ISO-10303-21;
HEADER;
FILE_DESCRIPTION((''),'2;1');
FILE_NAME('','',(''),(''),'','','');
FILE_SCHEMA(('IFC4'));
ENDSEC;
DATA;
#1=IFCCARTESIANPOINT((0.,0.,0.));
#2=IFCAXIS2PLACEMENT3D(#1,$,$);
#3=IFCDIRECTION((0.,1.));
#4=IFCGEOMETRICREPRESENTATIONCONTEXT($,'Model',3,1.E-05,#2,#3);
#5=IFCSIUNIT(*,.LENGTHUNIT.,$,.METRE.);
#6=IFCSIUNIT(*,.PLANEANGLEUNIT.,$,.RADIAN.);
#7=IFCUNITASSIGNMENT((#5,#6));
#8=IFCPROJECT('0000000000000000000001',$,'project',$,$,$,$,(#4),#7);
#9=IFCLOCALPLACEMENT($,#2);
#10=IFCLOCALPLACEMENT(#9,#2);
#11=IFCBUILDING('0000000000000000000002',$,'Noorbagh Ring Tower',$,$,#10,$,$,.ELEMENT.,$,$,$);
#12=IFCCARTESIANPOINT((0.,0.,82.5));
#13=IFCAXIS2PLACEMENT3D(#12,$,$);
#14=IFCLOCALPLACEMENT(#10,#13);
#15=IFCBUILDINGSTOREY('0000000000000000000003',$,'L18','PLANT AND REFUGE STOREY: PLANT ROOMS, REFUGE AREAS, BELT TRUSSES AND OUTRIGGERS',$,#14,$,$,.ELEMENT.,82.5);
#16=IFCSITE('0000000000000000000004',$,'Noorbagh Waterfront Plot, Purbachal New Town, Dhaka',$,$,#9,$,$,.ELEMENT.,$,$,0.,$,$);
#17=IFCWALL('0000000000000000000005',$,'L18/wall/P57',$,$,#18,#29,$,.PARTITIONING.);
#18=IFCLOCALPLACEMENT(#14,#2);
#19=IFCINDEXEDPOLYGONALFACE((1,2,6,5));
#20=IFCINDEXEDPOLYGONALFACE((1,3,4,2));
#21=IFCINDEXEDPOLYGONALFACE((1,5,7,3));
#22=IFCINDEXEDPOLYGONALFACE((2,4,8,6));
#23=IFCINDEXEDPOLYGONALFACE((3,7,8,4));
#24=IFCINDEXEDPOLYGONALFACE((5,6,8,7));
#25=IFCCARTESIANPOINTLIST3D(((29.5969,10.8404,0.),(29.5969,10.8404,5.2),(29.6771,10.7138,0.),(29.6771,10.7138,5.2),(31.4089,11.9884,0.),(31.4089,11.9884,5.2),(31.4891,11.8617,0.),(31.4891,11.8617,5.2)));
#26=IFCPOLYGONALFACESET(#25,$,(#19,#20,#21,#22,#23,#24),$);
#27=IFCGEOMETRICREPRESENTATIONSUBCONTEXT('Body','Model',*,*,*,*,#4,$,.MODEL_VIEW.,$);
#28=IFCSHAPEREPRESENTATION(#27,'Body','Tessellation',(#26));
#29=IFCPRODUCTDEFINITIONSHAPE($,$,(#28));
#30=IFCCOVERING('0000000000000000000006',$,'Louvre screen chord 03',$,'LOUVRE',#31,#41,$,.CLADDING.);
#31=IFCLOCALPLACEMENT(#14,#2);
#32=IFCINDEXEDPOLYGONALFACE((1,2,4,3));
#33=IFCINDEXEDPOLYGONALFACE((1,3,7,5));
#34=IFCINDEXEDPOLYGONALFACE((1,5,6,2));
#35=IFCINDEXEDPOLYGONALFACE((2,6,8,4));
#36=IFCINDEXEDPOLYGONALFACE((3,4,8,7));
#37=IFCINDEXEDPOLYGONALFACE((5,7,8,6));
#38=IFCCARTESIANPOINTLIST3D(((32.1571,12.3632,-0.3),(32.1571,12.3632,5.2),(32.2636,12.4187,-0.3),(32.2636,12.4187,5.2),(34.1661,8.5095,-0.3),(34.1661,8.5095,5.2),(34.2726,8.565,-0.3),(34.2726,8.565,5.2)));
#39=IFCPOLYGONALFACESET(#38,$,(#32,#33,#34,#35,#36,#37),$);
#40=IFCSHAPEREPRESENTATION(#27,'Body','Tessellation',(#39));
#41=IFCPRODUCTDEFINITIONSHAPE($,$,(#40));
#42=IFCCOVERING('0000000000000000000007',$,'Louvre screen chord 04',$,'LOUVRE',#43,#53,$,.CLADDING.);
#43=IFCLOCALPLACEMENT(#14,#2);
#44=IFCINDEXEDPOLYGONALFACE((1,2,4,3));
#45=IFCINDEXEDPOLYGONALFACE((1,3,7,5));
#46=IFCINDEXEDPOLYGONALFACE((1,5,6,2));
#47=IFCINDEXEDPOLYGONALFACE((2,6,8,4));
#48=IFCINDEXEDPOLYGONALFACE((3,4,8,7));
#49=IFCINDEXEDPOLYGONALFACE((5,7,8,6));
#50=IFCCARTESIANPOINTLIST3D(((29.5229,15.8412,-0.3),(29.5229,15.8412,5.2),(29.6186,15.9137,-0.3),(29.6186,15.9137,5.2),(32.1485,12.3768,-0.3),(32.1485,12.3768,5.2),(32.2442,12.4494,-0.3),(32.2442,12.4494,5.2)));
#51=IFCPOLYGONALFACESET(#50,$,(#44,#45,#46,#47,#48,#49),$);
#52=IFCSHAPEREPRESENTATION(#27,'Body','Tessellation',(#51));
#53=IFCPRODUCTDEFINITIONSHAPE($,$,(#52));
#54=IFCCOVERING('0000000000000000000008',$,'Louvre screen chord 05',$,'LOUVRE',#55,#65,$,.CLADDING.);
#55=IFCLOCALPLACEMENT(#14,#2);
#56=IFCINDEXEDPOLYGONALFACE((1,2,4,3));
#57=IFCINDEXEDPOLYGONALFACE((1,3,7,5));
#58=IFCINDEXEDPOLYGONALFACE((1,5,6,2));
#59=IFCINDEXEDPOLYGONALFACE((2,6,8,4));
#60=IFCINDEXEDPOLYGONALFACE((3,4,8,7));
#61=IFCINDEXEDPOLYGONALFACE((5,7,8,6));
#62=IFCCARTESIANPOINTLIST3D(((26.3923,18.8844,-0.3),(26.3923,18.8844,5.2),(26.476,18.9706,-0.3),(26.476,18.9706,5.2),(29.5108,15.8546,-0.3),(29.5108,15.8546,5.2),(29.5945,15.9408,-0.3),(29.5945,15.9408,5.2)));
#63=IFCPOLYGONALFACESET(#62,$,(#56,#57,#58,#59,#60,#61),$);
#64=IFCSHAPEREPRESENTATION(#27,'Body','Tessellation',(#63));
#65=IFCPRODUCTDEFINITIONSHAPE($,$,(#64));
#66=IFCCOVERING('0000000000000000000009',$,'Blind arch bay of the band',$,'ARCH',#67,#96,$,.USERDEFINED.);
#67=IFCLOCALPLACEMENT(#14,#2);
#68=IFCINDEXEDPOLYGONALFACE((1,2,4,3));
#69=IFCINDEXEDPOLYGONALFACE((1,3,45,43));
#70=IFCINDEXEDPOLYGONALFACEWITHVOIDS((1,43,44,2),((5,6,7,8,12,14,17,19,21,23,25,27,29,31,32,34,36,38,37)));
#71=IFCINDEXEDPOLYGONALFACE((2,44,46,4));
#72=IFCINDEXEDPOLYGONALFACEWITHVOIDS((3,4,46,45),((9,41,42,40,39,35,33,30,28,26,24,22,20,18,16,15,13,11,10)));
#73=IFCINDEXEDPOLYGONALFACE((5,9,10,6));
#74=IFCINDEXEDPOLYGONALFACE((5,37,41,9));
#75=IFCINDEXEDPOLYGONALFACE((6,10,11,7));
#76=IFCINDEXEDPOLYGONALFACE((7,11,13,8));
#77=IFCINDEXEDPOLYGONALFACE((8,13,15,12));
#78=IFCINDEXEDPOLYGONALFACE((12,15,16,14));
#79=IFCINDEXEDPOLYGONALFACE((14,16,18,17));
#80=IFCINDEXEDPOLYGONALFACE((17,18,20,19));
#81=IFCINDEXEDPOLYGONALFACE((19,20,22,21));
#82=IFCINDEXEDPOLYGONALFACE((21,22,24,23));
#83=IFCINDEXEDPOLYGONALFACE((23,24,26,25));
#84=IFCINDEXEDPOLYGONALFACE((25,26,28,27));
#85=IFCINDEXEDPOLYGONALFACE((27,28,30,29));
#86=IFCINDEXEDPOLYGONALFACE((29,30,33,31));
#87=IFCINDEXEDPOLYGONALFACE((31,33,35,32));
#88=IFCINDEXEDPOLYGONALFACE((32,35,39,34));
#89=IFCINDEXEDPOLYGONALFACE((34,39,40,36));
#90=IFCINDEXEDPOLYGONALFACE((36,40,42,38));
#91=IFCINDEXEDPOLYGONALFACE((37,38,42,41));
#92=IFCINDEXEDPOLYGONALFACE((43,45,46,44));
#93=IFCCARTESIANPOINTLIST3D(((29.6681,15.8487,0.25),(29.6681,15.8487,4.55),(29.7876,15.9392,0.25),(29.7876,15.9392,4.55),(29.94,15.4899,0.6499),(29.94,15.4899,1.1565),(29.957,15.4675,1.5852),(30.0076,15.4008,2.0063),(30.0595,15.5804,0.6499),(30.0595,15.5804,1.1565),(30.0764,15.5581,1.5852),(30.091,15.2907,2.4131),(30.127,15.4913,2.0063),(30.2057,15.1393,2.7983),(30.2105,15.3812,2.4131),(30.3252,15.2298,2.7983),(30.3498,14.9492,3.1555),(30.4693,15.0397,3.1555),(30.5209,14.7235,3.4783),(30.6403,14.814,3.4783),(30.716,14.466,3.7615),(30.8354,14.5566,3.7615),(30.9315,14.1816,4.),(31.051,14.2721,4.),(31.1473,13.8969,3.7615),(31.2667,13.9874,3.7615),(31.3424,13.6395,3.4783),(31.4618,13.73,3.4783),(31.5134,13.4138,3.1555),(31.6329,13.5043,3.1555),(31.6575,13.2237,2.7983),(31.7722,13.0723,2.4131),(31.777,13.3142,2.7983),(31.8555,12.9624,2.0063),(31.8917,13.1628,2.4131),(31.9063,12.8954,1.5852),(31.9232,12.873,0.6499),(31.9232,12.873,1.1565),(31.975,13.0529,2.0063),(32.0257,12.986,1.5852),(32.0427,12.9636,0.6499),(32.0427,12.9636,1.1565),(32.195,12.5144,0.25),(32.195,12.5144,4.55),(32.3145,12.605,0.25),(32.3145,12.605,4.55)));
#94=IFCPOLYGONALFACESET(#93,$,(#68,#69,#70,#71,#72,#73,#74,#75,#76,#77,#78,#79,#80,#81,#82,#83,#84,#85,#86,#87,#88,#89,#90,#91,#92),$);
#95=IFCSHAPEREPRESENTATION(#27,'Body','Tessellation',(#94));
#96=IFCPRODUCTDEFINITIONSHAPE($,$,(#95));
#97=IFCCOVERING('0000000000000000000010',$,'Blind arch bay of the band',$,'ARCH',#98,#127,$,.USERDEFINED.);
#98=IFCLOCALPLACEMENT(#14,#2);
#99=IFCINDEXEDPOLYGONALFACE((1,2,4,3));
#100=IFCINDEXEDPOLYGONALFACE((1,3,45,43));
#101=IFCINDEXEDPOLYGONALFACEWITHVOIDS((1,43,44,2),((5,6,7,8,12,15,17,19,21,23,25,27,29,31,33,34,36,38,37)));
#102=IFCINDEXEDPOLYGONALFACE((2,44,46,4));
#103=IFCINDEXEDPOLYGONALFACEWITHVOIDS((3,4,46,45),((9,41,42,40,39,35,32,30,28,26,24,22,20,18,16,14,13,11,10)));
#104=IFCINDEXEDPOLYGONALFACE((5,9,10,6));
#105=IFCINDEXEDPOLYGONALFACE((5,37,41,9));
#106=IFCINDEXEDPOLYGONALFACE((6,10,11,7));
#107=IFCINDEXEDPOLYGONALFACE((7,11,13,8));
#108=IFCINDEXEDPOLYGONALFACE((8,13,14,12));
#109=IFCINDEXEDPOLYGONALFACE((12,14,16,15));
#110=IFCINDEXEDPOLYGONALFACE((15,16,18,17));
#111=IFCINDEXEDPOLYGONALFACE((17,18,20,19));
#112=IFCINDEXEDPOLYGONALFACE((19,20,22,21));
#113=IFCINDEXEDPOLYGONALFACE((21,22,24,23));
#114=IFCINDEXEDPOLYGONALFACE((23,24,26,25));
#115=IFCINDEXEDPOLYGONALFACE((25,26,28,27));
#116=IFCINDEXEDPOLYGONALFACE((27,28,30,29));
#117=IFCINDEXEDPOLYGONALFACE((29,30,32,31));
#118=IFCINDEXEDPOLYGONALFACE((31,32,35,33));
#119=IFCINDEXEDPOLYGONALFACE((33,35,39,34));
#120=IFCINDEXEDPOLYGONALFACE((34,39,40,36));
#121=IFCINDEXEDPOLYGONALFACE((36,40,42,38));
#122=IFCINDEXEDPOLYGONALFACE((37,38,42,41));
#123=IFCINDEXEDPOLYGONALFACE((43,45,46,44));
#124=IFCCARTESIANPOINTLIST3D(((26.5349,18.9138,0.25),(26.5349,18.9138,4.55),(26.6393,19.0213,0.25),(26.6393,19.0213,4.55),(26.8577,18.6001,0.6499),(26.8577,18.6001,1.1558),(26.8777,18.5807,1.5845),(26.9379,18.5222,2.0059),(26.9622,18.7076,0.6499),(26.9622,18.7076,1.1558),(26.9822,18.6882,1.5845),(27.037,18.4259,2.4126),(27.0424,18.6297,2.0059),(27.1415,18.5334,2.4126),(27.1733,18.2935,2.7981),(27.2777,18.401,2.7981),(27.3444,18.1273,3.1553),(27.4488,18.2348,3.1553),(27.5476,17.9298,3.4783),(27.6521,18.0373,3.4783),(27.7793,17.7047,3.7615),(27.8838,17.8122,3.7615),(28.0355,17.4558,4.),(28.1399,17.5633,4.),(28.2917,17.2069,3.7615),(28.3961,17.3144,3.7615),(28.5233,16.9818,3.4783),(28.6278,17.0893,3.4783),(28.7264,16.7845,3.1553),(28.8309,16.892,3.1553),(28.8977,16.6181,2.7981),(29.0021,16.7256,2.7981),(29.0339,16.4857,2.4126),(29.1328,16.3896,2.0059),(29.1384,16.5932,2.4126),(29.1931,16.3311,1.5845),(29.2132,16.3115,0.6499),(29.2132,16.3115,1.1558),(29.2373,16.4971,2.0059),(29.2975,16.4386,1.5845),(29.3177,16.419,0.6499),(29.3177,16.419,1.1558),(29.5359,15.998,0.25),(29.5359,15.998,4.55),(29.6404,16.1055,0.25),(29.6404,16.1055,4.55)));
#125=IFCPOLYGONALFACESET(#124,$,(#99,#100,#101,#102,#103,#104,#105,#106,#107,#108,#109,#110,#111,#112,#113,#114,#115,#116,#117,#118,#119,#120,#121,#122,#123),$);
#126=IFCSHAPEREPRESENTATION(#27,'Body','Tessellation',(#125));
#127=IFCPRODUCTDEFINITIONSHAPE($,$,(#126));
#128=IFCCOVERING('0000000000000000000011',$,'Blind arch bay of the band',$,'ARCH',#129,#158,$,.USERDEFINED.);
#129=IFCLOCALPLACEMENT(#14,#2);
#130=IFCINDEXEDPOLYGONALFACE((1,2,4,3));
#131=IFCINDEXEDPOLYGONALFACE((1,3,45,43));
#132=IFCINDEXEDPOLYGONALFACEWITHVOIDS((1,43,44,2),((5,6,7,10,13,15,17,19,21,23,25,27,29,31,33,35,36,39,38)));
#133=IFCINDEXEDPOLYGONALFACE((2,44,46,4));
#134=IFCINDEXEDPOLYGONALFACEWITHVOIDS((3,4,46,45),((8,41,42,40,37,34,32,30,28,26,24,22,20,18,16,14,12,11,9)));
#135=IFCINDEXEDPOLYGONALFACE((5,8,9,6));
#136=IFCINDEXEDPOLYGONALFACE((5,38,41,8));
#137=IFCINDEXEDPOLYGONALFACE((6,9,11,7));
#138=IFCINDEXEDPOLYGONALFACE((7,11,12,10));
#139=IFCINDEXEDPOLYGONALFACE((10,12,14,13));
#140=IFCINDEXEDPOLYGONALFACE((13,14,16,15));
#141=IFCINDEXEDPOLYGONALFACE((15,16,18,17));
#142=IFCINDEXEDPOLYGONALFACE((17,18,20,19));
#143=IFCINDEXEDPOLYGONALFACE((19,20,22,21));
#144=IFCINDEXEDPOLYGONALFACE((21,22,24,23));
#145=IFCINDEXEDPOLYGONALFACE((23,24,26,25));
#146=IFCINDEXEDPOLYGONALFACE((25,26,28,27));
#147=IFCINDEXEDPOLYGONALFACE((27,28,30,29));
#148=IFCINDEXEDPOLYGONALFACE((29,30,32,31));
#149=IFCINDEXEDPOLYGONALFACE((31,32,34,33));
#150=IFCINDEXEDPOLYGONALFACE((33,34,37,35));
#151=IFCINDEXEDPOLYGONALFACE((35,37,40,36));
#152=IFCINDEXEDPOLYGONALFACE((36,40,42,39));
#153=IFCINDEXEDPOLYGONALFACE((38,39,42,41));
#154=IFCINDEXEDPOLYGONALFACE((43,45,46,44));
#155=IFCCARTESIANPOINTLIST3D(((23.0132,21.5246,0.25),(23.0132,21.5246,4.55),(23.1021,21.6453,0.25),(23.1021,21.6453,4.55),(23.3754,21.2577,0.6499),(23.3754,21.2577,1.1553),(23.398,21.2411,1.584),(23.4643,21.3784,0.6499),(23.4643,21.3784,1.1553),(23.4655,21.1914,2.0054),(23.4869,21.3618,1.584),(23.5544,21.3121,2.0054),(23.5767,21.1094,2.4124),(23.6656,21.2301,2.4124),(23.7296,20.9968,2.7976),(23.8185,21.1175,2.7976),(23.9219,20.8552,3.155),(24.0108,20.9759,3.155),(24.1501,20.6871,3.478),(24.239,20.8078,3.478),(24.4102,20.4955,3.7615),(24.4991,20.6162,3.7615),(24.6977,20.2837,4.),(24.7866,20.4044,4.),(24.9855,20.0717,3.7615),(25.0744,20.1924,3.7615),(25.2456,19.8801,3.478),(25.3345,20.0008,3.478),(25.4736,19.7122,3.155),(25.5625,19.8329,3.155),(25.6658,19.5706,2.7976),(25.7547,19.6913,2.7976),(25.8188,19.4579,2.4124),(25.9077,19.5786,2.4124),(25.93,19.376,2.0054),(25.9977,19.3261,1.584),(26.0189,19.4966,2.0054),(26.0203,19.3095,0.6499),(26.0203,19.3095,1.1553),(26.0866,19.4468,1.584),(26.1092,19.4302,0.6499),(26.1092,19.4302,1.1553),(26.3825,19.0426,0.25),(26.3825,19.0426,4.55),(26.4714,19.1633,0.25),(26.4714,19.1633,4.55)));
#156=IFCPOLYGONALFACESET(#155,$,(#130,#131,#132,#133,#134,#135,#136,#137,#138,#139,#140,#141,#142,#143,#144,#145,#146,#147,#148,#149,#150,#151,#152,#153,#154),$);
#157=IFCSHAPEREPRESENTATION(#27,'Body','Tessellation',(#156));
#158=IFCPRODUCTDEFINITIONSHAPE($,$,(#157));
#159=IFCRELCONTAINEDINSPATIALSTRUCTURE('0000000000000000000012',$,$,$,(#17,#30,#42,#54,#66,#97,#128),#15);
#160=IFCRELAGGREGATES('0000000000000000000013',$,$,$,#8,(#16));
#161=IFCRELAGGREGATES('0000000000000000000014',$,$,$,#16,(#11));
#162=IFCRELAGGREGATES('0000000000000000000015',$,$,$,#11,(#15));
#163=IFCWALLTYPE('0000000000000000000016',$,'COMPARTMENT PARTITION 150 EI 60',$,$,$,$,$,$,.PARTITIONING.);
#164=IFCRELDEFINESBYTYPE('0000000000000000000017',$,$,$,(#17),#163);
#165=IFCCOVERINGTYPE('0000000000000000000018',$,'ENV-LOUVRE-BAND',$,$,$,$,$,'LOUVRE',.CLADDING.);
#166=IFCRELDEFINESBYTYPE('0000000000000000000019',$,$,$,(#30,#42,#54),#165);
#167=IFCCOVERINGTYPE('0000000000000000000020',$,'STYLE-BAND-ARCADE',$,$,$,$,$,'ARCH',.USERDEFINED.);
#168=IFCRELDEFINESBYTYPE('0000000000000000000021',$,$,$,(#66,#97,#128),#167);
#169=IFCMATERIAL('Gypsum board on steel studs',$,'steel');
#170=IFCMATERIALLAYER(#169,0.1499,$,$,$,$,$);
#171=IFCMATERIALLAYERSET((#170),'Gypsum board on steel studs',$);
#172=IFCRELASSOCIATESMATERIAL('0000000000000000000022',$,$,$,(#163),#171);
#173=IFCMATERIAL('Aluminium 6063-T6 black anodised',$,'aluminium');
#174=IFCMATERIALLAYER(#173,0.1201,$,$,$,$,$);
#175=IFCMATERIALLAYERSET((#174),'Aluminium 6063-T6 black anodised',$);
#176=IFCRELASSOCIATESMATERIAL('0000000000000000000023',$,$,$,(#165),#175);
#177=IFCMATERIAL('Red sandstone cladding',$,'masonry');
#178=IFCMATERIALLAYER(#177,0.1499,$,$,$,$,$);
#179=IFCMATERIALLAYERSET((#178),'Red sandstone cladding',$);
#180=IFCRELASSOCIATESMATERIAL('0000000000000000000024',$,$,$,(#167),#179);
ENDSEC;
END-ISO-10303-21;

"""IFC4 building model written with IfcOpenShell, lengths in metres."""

from ifc_helpers import new_model, si_unit, direction, frame, frame_2d, origin, origin_2d, place, context, subcontext, project, spatial, polyline, rectangle, outline, extrude, material, layer, layer_set, type_object, element, save


model = new_model("IFC4")

# Units and contexts
model_context = context("Model", 3, precision=1e-05, world=origin(), true_north=direction((0.0, 1.0)))
body_context = subcontext(model_context, "Body", "Model", "MODEL_VIEW")
ifc_project = project(units=[si_unit("LENGTHUNIT", "METRE"), si_unit("PLANEANGLEUNIT", "RADIAN")], contexts=[model_context])

# Site, building, storey
site_placement = place(None, origin())
site = spatial("IfcSite", under=ifc_project, at=site_placement, Name="Noorbagh Waterfront Plot, Purbachal New Town, Dhaka", CompositionType="ELEMENT", RefElevation=0.0)
building_placement = place(site_placement, origin())
building = spatial("IfcBuilding", under=site, at=building_placement, Name="Noorbagh Ring Tower", CompositionType="ELEMENT")
storey_placement = place(building_placement, frame((0.0, 0.0, 82.5)))
storey = spatial("IfcBuildingStorey", under=building, at=storey_placement, Name="L18", Description="PLANT AND REFUGE STOREY: PLANT ROOMS, REFUGE AREAS, BELT TRUSSES AND OUTRIGGERS", CompositionType="ELEMENT", Elevation=82.5)

# Wall
ifc_material_1 = material(Name="Gypsum board on steel studs", Category="steel")
ifc_layer_1 = layer(ifc_material_1, 0.1499)
ifc_layer_set_1 = layer_set([ifc_layer_1], Name="Gypsum board on steel studs")
wall_type = type_object("IfcWallType", Name="COMPARTMENT PARTITION 150 EI 60", PredefinedType="PARTITIONING", material=ifc_layer_set_1)
wall_placement = place(storey_placement, frame((29.637, 10.7771, 0.0), z_axis=(0.0, 0.0, 1.0), x_axis=(0.844747, 0.535166, 0.0)))
element("IfcWall", 1, at=wall_placement, inside=storey, type_object=wall_type, Name="L18/wall/P57", PredefinedType="PARTITIONING", context=body_context, shape_type="SweptSolid", body=[
    extrude(rectangle(XDim=2.145, YDim=0.1499, at=frame_2d((1.0725, 0.0))), origin(), (0.0, 0.0, 1.0), 5.2),
])

# Coverings
ifc_material_2 = material(Name="Aluminium 6063-T6 black anodised", Category="aluminium")
ifc_layer_2 = layer(ifc_material_2, 0.1201)
ifc_layer_set_2 = layer_set([ifc_layer_2], Name="Aluminium 6063-T6 black anodised")
covering_type_1 = type_object("IfcCoveringType", Name="ENV-LOUVRE-BAND", ElementType="LOUVRE", PredefinedType="CLADDING", material=ifc_layer_set_2)
covering_1_placement = place(storey_placement, frame((33.2148, 10.4641, -0.3), z_axis=(0.0, 0.0, 1.0), x_axis=(-0.462278, 0.886735, 0.0)))
element("IfcCovering", 2, at=covering_1_placement, inside=storey, type_object=covering_type_1, Name="Louvre screen chord 03", ObjectType="LOUVRE", PredefinedType="CLADDING", context=body_context, shape_type="SweptSolid", body=[
    extrude(rectangle(XDim=4.3459, YDim=0.1201, at=origin_2d()), origin(), (0.0, 0.0, 1.0), 5.5),
])
covering_2_placement = place(storey_placement, frame((30.8835, 14.1453, -0.3), z_axis=(0.0, 0.0, 1.0), x_axis=(-0.60402, 0.796969, 0.0)))
element("IfcCovering", 3, at=covering_2_placement, inside=storey, type_object=covering_type_1, Name="Louvre screen chord 04", ObjectType="LOUVRE", PredefinedType="CLADDING", context=body_context, shape_type="SweptSolid", body=[
    extrude(rectangle(XDim=4.3469, YDim=0.1201, at=origin_2d()), origin(), (0.0, 0.0, 1.0), 5.5),
])
covering_3_placement = place(storey_placement, frame((27.9934, 17.4126, -0.3), z_axis=(0.0, 0.0, 1.0), x_axis=(-0.717225, 0.696842, 0.0)))
element("IfcCovering", 4, at=covering_3_placement, inside=storey, type_object=covering_type_1, Name="Louvre screen chord 05", ObjectType="LOUVRE", PredefinedType="CLADDING", context=body_context, shape_type="SweptSolid", body=[
    extrude(rectangle(XDim=4.3479, YDim=0.1201, at=origin_2d()), origin(), (0.0, 0.0, 1.0), 5.5),
])
ifc_material_3 = material(Name="Red sandstone cladding", Category="masonry")
ifc_layer_3 = layer(ifc_material_3, 0.1499)
ifc_layer_set_3 = layer_set([ifc_layer_3], Name="Red sandstone cladding")
covering_type_2 = type_object("IfcCoveringType", Name="STYLE-BAND-ARCADE", ElementType="ARCH", PredefinedType="USERDEFINED", material=ifc_layer_set_3)
covering_4_placement = place(storey_placement, frame((32.3145, 12.605, 0.25), z_axis=(0.796986, 0.603998, 0.0), x_axis=(-0.603998, 0.796986, 0.0)))
element("IfcCovering", 5, at=covering_4_placement, inside=storey, type_object=covering_type_2, Name="Blind arch bay of the band", ObjectType="ARCH", PredefinedType="USERDEFINED", context=body_context, shape_type="SweptSolid", body=[
    extrude(outline(polyline([(0.0, 0.0), (4.1836, 0.0), (4.1836, 4.3), (0.0, 4.3), (0.0, 0.0)]), holes=[polyline([(0.45, 0.3999), (0.45, 0.9065), (0.478, 1.3352), (0.562, 1.7563), (0.7, 2.1631), (0.8899, 2.5483), (1.1284, 2.9055), (1.4116, 3.2283), (1.7346, 3.5115), (2.0918, 3.75), (2.4487, 3.5115), (2.7717, 3.2283), (3.0549, 2.9055), (3.2935, 2.5483), (3.4834, 2.1631), (3.6216, 1.7563), (3.7053, 1.3352), (3.7334, 0.9065), (3.7334, 0.3999), (0.45, 0.3999)])]), origin(), (0.0, 0.0, -1.0), 0.1499),
])
covering_5_placement = place(storey_placement, frame((29.6404, 16.1055, 0.25), z_axis=(0.696852, 0.717215, 0.0), x_axis=(-0.717215, 0.696852, 0.0)))
element("IfcCovering", 6, at=covering_5_placement, inside=storey, type_object=covering_type_2, Name="Blind arch bay of the band", ObjectType="ARCH", PredefinedType="USERDEFINED", context=body_context, shape_type="SweptSolid", body=[
    extrude(outline(polyline([(0.0, 0.0), (4.1843, 0.0), (4.1843, 4.3), (0.0, 4.3), (0.0, 0.0)]), holes=[polyline([(0.45, 0.3999), (0.45, 0.9058), (0.478, 1.3345), (0.562, 1.7559), (0.7, 2.1626), (0.8899, 2.5481), (1.1287, 2.9053), (1.4119, 3.2283), (1.7349, 3.5115), (2.092, 3.75), (2.4492, 3.5115), (2.7722, 3.2283), (3.0557, 2.9053), (3.2942, 2.5481), (3.4841, 2.1626), (3.6223, 1.7559), (3.7063, 1.3345), (3.7341, 0.9058), (3.7341, 0.3999), (0.45, 0.3999)])]), origin(), (0.0, 0.0, -1.0), 0.1499),
])
covering_6_placement = place(storey_placement, frame((26.4714, 19.1633, 0.25), z_axis=(0.59308, 0.805144, 0.0), x_axis=(-0.805144, 0.59308, 0.0)))
element("IfcCovering", 7, at=covering_6_placement, inside=storey, type_object=covering_type_2, Name="Blind arch bay of the band", ObjectType="ARCH", PredefinedType="USERDEFINED", context=body_context, shape_type="SweptSolid", body=[
    extrude(outline(polyline([(0.0, 0.0), (4.1848, 0.0), (4.1848, 4.3), (0.0, 4.3), (0.0, 0.0)]), holes=[polyline([(0.45, 0.3999), (0.45, 0.9053), (0.478, 1.334), (0.562, 1.7554), (0.7002, 2.1624), (0.8901, 2.5476), (1.1289, 2.905), (1.4121, 3.228), (1.7351, 3.5115), (2.0925, 3.75), (2.4497, 3.5115), (2.7727, 3.228), (3.0562, 2.905), (3.2949, 2.5476), (3.4849, 2.1624), (3.623, 1.7554), (3.7068, 1.334), (3.7349, 0.9053), (3.7349, 0.3999), (0.45, 0.3999)])]), origin(), (0.0, 0.0, -1.0), 0.1499),
])

save(model, "model.ifc")
